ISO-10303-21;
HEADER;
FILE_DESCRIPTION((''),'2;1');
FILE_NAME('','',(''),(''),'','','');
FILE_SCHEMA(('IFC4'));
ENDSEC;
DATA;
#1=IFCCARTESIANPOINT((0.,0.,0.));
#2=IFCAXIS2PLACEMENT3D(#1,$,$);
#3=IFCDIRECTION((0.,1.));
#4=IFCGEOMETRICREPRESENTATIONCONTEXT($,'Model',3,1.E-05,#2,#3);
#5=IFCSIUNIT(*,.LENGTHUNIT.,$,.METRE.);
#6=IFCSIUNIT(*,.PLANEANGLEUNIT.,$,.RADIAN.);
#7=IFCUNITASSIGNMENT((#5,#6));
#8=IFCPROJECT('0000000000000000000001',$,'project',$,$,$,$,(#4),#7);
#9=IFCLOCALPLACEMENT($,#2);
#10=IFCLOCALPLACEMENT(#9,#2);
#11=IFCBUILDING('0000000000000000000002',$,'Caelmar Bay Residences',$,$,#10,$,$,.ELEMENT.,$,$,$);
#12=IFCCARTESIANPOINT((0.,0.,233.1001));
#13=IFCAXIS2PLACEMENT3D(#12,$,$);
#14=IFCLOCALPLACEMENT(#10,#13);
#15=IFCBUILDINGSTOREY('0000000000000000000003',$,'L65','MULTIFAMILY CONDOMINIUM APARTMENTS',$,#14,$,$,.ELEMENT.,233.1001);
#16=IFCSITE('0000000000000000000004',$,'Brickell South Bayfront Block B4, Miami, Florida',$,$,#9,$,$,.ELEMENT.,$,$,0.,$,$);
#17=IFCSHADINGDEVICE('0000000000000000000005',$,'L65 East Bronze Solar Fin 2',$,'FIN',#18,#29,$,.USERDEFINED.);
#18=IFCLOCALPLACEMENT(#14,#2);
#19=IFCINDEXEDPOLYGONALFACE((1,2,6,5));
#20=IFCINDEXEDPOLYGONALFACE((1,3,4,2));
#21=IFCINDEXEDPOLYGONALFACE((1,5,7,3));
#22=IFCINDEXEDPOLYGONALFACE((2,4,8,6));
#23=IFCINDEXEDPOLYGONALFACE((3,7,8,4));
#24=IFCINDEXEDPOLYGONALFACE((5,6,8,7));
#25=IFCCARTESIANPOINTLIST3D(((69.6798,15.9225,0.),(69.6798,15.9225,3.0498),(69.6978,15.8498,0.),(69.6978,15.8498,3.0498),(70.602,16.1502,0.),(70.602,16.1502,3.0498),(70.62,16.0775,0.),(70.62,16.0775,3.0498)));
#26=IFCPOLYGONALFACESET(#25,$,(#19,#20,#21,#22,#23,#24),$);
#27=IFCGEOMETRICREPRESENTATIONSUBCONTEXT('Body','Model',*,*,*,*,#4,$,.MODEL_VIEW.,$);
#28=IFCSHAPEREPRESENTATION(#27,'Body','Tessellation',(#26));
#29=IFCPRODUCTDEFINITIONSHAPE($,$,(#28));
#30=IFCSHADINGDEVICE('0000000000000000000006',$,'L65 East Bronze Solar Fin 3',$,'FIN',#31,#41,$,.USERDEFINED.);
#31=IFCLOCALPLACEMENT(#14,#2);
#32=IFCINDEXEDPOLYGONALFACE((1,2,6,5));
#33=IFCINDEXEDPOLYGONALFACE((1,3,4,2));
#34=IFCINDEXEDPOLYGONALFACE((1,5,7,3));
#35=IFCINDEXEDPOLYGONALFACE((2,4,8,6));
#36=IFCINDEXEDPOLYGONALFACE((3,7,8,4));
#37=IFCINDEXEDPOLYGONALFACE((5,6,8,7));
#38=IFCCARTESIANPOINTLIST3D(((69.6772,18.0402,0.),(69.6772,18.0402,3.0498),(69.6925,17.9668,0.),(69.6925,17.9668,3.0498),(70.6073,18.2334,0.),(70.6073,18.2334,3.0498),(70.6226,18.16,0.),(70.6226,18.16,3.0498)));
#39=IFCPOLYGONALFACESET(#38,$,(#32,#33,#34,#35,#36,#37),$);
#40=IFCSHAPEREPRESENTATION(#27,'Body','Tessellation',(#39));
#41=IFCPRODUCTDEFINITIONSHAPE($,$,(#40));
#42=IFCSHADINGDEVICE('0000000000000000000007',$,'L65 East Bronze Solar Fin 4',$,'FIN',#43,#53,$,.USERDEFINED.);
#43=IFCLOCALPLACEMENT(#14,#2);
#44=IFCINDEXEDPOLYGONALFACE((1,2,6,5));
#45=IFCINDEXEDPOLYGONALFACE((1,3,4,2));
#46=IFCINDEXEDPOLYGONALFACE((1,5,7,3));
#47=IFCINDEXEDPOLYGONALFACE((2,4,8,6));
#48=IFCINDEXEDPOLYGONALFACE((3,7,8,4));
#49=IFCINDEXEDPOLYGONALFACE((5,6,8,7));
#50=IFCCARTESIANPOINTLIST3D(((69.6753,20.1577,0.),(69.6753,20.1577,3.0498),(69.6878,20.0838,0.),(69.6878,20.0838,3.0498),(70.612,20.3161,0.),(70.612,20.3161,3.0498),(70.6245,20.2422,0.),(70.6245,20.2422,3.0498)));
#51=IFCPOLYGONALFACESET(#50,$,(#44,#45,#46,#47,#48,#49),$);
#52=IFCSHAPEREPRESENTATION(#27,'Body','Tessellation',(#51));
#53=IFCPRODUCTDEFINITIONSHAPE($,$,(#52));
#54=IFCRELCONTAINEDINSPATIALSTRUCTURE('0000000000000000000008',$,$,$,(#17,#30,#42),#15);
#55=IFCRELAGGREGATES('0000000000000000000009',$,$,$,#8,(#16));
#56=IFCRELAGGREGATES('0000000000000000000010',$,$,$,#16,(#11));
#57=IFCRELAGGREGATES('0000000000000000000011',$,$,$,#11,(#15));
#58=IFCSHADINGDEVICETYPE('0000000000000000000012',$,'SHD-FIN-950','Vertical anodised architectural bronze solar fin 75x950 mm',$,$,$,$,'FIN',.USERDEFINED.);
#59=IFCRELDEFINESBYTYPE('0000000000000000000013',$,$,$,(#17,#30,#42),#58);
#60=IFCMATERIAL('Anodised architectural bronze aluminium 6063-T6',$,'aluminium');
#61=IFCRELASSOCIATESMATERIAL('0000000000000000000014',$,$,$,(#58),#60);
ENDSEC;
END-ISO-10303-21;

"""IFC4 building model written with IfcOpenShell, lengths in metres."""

from ifc_helpers import new_model, si_unit, direction, frame, origin, origin_2d, place, context, subcontext, project, spatial, rectangle, extrude, material, material_profile, profile_set, type_object, element, save


model = new_model("IFC4")

# Units and contexts
model_context = context("Model", 3, precision=1e-05, world=origin(), true_north=direction((0.0, 1.0)))
body_context = subcontext(model_context, "Body", "Model", "MODEL_VIEW")
ifc_project = project(units=[si_unit("LENGTHUNIT", "METRE"), si_unit("PLANEANGLEUNIT", "RADIAN")], contexts=[model_context])

# Site, building, storey
site_placement = place(None, origin())
site = spatial("IfcSite", under=ifc_project, at=site_placement, Name="Brickell South Bayfront Block B4, Miami, Florida", CompositionType="ELEMENT", RefElevation=0.0)
building_placement = place(site_placement, origin())
building = spatial("IfcBuilding", under=site, at=building_placement, Name="Caelmar Bay Residences", CompositionType="ELEMENT")
storey_placement = place(building_placement, frame((0.0, 0.0, 233.1001)))
storey = spatial("IfcBuildingStorey", under=building, at=storey_placement, Name="L65", Description="MULTIFAMILY CONDOMINIUM APARTMENTS", CompositionType="ELEMENT", Elevation=233.1001)

# Shading devices
ifc_material_1 = material(Name="Anodised architectural bronze aluminium 6063-T6", Category="aluminium")
ifc_material_profile_1 = material_profile(ifc_material_1, rectangle(XDim=0.075, YDim=0.95, at=origin_2d()), Name="BRONZE-FIN-75X950")
ifc_profile_set_1 = profile_set([ifc_material_profile_1], Name="Anodised architectural bronze aluminium 6063-T6")
shading_device_type = type_object("IfcShadingDeviceType", Name="SHD-FIN-950", Description="Vertical anodised architectural bronze solar fin 75x950 mm", ElementType="FIN", PredefinedType="USERDEFINED", material=ifc_profile_set_1)
for number, where, z_axis, x_axis, name in (
    (1, (70.1499, 16.0, 0.0), (0.0, 0.0, 1.0), (-0.23972, 0.970842, 0.0), "L65 East Bronze Solar Fin 2"),
    (2, (70.1499, 18.1001, 0.0), (0.0, 0.0, 1.0), (-0.2033, 0.979116, 0.0), "L65 East Bronze Solar Fin 3"),
    (3, (70.1499, 20.2, 0.0), (0.0, 0.0, 1.0), (-0.166769, 0.985996, 0.0), "L65 East Bronze Solar Fin 4"),
):
    element("IfcShadingDevice", number, at=place(storey_placement, frame(where, z_axis=z_axis, x_axis=x_axis)), inside=storey, type_object=shading_device_type, Name=name, ObjectType="FIN", PredefinedType="USERDEFINED", context=body_context, shape_type="SweptSolid", body=[
        extrude(rectangle(XDim=0.075, YDim=0.95, at=origin_2d()), origin(), (0.0, 0.0, 1.0), 3.0498),
    ])

save(model, "model.ifc")
